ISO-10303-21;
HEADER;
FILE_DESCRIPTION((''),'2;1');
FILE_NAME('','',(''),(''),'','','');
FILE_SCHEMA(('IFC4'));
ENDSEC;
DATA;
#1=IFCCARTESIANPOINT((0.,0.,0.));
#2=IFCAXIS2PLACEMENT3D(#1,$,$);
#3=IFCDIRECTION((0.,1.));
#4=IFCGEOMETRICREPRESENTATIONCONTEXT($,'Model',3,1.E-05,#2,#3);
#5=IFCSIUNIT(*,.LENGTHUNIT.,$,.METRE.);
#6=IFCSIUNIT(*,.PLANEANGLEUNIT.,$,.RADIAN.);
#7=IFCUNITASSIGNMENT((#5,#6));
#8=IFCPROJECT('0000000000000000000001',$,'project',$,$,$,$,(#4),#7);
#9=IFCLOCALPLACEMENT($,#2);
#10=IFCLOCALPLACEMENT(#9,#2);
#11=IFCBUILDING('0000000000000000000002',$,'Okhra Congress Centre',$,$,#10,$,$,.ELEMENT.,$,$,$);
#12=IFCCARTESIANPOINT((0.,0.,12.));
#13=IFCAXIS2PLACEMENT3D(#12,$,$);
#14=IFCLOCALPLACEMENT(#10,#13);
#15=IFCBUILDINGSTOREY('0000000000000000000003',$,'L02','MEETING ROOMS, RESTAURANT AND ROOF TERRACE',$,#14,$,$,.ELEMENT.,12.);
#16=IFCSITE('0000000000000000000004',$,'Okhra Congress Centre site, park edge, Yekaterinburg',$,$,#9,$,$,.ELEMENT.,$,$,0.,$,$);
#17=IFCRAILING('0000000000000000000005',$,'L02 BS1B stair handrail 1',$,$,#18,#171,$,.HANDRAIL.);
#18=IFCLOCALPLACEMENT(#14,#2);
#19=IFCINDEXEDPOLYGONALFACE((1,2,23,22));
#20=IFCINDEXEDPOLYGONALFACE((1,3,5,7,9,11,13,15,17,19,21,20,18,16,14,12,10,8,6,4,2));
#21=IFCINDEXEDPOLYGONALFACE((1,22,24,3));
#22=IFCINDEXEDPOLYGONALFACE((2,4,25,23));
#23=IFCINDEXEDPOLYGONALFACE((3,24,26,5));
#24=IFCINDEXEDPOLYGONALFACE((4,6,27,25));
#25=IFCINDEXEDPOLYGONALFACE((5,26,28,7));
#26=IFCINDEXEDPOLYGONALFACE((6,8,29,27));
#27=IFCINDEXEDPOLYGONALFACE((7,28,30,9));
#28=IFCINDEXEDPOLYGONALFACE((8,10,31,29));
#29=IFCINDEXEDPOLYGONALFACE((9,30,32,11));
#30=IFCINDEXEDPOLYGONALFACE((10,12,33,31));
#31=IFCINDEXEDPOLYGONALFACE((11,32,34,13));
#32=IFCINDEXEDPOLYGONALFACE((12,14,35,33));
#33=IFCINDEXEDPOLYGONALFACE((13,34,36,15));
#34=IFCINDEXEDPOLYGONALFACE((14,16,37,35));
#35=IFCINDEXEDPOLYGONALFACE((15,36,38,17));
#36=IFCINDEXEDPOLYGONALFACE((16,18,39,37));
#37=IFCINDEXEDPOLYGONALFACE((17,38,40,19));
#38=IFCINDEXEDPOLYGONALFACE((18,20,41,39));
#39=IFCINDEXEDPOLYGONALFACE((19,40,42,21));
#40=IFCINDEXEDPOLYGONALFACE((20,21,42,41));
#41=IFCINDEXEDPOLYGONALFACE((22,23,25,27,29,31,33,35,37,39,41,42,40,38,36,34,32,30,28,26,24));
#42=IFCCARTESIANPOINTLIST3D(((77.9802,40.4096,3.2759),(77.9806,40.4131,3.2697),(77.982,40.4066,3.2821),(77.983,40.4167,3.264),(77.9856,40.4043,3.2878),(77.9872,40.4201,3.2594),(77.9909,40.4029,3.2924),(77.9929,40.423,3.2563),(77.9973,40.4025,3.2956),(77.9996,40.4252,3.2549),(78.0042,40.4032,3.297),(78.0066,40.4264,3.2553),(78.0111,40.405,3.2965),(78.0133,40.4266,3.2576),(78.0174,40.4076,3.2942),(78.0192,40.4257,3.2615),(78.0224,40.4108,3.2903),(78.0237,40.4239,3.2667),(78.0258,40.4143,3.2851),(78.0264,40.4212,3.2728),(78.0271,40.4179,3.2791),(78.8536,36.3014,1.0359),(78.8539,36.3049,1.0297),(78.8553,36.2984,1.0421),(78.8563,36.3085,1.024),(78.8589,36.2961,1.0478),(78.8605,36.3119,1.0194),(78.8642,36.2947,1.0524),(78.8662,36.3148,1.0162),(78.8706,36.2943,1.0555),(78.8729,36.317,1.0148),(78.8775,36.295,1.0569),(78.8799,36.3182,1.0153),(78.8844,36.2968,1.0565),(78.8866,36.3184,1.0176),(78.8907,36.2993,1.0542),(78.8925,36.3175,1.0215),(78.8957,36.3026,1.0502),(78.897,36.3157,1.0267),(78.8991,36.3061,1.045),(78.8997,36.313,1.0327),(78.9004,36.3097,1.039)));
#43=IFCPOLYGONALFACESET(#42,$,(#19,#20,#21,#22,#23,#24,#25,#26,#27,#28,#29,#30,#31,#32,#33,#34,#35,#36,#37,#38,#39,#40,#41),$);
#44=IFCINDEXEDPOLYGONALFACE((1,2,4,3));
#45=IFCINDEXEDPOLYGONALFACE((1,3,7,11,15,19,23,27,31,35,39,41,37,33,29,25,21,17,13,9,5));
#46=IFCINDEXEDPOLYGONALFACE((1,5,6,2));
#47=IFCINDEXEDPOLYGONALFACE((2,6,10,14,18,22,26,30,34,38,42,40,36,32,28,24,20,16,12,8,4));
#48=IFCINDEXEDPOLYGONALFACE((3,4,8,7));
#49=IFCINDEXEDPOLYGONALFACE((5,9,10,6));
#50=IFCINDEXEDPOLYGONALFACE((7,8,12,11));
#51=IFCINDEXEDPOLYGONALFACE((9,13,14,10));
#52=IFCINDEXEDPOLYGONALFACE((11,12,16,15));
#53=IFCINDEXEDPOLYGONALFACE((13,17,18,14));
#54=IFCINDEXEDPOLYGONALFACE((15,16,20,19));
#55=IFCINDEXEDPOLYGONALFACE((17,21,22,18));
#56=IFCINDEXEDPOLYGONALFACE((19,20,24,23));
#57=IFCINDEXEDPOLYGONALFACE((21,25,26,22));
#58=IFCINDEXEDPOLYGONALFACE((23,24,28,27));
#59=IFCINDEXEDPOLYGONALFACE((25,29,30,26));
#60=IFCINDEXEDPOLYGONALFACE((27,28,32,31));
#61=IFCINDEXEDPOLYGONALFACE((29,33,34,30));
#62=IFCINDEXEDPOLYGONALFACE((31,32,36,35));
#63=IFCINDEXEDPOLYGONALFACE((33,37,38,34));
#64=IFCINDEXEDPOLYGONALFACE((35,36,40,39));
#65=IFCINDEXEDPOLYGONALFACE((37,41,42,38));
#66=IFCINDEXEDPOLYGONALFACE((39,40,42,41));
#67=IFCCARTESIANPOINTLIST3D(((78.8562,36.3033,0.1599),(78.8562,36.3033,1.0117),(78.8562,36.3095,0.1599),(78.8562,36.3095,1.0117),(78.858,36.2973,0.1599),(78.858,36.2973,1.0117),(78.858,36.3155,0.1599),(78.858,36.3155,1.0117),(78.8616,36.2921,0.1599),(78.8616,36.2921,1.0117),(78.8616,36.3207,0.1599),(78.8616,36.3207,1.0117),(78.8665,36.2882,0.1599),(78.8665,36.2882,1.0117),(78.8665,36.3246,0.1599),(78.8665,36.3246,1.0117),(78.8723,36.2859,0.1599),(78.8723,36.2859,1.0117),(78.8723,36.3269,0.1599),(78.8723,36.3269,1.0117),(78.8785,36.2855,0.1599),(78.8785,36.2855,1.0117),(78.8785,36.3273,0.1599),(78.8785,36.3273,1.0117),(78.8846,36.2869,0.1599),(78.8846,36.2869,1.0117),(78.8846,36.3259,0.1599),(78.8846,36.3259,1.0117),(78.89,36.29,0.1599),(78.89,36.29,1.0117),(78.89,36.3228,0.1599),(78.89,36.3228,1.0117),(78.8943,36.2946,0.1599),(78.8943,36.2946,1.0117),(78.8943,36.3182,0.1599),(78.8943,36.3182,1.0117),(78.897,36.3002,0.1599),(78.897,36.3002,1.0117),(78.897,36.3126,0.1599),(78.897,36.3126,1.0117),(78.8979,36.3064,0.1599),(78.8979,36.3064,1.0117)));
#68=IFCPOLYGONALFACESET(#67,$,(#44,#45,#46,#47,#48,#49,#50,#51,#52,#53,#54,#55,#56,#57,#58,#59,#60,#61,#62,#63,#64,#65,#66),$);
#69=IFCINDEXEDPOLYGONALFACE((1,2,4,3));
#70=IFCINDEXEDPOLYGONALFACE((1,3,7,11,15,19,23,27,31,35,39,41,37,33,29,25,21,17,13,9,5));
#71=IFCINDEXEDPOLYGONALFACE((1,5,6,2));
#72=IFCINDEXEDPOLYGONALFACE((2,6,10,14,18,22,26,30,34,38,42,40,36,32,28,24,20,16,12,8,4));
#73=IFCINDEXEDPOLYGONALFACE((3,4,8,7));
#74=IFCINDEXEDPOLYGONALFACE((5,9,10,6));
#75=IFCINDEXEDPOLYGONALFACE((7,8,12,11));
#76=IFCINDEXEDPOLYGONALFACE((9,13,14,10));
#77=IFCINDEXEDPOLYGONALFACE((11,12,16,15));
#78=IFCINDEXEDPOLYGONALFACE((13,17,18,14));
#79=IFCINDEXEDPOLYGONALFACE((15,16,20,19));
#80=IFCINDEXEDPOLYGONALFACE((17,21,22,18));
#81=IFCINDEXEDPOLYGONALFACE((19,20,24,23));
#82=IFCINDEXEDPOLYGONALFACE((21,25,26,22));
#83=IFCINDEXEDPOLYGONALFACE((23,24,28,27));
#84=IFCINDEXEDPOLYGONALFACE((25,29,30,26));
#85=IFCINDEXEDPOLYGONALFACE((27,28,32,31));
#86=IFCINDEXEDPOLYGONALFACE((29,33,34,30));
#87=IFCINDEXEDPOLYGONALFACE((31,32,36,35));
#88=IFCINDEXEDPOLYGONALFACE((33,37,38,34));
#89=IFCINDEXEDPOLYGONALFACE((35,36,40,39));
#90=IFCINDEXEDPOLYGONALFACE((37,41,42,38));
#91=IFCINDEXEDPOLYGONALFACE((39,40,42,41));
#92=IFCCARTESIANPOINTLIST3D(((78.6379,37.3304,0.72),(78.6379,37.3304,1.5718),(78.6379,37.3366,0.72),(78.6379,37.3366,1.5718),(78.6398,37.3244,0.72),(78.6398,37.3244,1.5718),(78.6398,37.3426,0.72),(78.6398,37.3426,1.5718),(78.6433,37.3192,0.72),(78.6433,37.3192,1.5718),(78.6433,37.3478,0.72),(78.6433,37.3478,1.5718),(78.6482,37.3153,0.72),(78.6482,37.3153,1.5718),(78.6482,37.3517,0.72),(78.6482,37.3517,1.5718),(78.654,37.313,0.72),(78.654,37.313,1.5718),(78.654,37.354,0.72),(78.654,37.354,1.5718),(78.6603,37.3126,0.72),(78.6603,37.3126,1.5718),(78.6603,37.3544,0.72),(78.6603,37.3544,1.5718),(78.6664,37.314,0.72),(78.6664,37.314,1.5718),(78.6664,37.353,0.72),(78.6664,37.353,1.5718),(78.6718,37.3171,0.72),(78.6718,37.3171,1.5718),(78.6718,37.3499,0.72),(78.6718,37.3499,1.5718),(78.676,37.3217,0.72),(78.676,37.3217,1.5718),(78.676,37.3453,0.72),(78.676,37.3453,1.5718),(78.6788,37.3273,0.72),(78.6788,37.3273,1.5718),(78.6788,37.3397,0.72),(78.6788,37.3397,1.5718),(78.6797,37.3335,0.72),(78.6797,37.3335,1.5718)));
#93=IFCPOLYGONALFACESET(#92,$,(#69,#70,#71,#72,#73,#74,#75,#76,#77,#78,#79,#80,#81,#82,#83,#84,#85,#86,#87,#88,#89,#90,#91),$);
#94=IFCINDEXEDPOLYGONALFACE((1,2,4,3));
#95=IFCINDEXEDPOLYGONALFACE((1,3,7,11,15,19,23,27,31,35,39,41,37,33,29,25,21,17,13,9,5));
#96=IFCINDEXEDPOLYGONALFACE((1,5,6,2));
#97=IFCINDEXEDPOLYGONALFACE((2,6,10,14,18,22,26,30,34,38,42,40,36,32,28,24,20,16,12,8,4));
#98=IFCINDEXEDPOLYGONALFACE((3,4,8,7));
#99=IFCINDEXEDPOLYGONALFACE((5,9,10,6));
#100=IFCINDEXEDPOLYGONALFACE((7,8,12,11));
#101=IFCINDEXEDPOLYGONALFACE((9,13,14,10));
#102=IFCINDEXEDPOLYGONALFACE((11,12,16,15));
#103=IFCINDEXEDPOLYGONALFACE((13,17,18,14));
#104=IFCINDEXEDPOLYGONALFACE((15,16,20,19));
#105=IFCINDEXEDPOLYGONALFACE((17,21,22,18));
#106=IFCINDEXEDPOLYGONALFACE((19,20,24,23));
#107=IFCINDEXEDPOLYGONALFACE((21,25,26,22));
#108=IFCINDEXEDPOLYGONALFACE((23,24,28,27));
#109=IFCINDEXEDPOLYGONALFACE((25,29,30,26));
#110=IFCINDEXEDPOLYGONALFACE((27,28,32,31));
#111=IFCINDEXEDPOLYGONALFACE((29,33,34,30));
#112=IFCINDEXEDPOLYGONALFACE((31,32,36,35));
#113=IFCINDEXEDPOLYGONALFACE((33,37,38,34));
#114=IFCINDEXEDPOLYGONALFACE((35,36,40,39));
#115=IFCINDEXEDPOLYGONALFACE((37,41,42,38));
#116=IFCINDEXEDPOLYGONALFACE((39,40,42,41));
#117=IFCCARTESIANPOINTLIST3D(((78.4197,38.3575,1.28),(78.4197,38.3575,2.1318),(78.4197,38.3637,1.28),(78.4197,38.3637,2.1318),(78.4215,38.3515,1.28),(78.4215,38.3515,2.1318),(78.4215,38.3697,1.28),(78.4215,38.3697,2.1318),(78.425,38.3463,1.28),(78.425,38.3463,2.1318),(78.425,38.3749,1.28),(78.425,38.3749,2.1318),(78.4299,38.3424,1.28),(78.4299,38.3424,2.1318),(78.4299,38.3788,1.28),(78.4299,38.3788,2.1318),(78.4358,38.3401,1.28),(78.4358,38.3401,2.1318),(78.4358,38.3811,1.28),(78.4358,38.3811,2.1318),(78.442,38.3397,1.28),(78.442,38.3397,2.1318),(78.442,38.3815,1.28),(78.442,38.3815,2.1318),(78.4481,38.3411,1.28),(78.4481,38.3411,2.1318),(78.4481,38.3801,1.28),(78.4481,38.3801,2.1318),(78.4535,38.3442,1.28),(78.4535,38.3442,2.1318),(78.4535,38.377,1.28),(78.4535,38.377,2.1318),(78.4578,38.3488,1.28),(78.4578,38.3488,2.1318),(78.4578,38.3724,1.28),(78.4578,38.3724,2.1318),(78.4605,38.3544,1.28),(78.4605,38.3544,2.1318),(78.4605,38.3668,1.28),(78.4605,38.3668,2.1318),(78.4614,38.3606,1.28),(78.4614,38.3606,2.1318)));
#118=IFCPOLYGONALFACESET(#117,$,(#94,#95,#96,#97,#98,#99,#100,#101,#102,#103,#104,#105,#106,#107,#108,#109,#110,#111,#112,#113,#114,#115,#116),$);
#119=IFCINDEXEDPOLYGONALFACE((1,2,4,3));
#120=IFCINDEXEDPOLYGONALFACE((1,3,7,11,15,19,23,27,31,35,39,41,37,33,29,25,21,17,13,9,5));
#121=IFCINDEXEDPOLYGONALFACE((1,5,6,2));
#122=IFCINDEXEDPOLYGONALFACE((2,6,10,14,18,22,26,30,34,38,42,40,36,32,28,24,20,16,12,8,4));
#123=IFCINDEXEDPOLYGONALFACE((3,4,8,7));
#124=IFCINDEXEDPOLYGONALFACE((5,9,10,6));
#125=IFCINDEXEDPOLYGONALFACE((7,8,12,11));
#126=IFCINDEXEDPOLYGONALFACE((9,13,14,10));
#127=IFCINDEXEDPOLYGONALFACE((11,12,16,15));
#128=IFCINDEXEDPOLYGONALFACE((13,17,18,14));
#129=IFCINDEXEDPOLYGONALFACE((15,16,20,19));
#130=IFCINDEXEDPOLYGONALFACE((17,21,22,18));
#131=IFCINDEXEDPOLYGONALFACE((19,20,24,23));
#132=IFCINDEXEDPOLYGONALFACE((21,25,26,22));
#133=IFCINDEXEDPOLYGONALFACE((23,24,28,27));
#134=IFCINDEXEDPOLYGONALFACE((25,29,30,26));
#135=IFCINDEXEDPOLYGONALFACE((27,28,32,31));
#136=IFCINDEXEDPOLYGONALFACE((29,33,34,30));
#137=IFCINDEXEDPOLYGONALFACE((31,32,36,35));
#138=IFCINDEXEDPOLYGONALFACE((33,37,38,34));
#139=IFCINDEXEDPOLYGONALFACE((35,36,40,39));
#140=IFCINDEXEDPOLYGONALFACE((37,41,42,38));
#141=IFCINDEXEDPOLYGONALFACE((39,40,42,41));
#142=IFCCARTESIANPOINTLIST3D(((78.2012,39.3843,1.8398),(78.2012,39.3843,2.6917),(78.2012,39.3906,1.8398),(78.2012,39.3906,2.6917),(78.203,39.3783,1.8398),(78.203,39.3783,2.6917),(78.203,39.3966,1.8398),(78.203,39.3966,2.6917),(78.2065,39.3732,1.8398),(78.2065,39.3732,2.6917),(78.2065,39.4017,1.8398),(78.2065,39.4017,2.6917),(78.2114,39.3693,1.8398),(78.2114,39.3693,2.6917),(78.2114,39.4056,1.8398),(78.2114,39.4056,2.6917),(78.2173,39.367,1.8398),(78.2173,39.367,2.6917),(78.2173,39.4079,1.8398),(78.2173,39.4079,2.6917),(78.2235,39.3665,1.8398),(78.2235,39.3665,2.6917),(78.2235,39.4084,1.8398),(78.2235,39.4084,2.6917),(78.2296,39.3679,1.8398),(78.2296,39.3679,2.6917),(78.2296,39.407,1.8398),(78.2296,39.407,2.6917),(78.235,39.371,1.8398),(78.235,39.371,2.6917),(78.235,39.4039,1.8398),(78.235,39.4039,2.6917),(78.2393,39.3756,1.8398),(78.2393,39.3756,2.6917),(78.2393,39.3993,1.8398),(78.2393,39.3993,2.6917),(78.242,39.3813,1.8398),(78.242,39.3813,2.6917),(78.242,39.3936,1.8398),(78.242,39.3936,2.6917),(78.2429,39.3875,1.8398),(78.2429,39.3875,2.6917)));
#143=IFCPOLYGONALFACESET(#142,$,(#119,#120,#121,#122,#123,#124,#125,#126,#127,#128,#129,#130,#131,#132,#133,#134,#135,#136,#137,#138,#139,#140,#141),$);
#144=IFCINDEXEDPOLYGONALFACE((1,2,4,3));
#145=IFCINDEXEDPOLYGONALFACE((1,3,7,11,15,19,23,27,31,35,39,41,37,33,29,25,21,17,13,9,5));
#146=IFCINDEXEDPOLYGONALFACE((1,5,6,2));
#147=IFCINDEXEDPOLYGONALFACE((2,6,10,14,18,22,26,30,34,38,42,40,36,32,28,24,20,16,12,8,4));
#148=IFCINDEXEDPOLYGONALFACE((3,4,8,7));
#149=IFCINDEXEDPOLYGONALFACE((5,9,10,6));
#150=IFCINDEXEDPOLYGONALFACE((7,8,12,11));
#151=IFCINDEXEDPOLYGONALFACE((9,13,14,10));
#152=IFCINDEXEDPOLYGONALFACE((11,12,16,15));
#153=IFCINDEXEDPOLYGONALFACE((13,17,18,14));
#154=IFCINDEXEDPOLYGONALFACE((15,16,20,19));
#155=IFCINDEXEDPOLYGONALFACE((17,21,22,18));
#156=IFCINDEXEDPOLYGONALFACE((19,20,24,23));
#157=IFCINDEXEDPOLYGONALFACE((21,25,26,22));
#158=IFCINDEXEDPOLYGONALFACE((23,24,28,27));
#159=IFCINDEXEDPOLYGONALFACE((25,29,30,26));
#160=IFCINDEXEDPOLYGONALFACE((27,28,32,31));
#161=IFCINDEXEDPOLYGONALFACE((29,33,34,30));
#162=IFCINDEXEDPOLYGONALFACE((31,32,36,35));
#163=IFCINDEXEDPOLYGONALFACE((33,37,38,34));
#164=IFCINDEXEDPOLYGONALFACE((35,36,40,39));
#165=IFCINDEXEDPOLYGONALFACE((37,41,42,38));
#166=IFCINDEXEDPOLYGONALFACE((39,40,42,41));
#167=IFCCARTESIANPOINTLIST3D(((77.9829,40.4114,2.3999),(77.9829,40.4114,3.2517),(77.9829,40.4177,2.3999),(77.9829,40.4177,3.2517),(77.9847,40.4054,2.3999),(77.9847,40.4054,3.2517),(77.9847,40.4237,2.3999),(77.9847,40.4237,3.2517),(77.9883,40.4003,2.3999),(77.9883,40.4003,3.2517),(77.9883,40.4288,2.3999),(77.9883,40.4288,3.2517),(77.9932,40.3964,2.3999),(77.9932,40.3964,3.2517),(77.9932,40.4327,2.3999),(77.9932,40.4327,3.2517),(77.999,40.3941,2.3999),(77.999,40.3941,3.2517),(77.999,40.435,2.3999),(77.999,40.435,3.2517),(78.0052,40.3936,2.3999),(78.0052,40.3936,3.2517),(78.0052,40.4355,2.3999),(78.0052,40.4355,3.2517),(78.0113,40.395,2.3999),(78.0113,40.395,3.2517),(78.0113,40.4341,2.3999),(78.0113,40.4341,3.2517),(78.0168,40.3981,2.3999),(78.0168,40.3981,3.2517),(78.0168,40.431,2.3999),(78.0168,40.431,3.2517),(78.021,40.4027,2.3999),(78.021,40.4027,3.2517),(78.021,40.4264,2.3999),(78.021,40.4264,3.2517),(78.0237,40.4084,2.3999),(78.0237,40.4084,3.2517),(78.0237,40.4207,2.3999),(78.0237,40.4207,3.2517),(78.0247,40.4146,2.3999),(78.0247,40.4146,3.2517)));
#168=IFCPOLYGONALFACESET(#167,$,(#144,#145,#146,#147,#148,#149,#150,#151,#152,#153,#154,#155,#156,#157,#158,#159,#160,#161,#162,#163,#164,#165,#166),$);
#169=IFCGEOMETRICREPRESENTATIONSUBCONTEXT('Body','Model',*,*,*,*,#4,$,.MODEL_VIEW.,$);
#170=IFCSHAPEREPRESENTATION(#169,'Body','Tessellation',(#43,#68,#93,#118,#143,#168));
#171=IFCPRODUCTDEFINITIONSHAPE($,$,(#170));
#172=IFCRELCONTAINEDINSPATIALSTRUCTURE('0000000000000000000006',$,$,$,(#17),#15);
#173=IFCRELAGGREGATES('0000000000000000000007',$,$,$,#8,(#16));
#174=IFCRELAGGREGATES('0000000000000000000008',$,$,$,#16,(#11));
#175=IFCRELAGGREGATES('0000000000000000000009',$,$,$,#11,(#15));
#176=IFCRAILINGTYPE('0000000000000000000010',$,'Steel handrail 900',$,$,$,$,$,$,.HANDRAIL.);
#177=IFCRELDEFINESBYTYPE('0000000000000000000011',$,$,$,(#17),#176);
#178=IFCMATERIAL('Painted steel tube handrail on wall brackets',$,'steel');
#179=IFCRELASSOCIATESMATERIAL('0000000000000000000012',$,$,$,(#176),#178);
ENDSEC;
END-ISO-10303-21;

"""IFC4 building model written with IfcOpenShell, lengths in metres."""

from ifc_helpers import new_model, si_unit, direction, frame, origin, origin_2d, place, context, subcontext, project, spatial, circle, extrude, material, type_object, element, save


model = new_model("IFC4")

# Units and contexts
model_context = context("Model", 3, precision=1e-05, world=origin(), true_north=direction((0.0, 1.0)))
body_context = subcontext(model_context, "Body", "Model", "MODEL_VIEW")
ifc_project = project(units=[si_unit("LENGTHUNIT", "METRE"), si_unit("PLANEANGLEUNIT", "RADIAN")], contexts=[model_context])

# Site, building, storey
site_placement = place(None, origin())
site = spatial("IfcSite", under=ifc_project, at=site_placement, Name="Okhra Congress Centre site, park edge, Yekaterinburg", CompositionType="ELEMENT", RefElevation=0.0)
building_placement = place(site_placement, origin())
building = spatial("IfcBuilding", under=site, at=building_placement, Name="Okhra Congress Centre", CompositionType="ELEMENT")
storey_placement = place(building_placement, frame((0.0, 0.0, 12.0)))
storey = spatial("IfcBuildingStorey", under=building, at=storey_placement, Name="L02", Description="MEETING ROOMS, RESTAURANT AND ROOF TERRACE", CompositionType="ELEMENT", Elevation=12.0)

# Railing
ifc_material_1 = material(Name="Painted steel tube handrail on wall brackets", Category="steel")
railing_type_1 = type_object("IfcRailingType", Name="Steel handrail 900", PredefinedType="HANDRAIL", material=ifc_material_1)
railing_1_placement = place(storey_placement, frame((78.877, 36.3064, 0.1599)))
element("IfcRailing", 1, at=railing_1_placement, inside=storey, type_object=railing_type_1, Name="L02 BS1B stair handrail 1", PredefinedType="HANDRAIL", context=body_context, shape_type="SweptSolid", body=[
    extrude(circle(Radius=0.0239, at=origin_2d()), frame((0.0, 0.0, 0.876), z_axis=(-0.183466, 0.863067, 0.470591), x_axis=(-0.978144, -0.207929, 0.0)), (0.0, 0.0, 1.0), 4.76),
    extrude(circle(Radius=0.021, at=origin_2d()), origin(), (0.0, 0.0, 1.0), 0.8518),
    extrude(circle(Radius=0.021, at=origin_2d()), frame((-0.2183, 1.0271, 0.5601)), (0.0, 0.0, 1.0), 0.8518),
    extrude(circle(Radius=0.021, at=origin_2d()), frame((-0.4365, 2.0542, 1.1201)), (0.0, 0.0, 1.0), 0.8518),
    extrude(circle(Radius=0.021, at=origin_2d()), frame((-0.655, 3.0811, 1.6799)), (0.0, 0.0, 1.0), 0.8518),
    extrude(circle(Radius=0.021, at=origin_2d()), frame((-0.8733, 4.1082, 2.24)), (0.0, 0.0, 1.0), 0.8518),
])

save(model, "model.ifc")
